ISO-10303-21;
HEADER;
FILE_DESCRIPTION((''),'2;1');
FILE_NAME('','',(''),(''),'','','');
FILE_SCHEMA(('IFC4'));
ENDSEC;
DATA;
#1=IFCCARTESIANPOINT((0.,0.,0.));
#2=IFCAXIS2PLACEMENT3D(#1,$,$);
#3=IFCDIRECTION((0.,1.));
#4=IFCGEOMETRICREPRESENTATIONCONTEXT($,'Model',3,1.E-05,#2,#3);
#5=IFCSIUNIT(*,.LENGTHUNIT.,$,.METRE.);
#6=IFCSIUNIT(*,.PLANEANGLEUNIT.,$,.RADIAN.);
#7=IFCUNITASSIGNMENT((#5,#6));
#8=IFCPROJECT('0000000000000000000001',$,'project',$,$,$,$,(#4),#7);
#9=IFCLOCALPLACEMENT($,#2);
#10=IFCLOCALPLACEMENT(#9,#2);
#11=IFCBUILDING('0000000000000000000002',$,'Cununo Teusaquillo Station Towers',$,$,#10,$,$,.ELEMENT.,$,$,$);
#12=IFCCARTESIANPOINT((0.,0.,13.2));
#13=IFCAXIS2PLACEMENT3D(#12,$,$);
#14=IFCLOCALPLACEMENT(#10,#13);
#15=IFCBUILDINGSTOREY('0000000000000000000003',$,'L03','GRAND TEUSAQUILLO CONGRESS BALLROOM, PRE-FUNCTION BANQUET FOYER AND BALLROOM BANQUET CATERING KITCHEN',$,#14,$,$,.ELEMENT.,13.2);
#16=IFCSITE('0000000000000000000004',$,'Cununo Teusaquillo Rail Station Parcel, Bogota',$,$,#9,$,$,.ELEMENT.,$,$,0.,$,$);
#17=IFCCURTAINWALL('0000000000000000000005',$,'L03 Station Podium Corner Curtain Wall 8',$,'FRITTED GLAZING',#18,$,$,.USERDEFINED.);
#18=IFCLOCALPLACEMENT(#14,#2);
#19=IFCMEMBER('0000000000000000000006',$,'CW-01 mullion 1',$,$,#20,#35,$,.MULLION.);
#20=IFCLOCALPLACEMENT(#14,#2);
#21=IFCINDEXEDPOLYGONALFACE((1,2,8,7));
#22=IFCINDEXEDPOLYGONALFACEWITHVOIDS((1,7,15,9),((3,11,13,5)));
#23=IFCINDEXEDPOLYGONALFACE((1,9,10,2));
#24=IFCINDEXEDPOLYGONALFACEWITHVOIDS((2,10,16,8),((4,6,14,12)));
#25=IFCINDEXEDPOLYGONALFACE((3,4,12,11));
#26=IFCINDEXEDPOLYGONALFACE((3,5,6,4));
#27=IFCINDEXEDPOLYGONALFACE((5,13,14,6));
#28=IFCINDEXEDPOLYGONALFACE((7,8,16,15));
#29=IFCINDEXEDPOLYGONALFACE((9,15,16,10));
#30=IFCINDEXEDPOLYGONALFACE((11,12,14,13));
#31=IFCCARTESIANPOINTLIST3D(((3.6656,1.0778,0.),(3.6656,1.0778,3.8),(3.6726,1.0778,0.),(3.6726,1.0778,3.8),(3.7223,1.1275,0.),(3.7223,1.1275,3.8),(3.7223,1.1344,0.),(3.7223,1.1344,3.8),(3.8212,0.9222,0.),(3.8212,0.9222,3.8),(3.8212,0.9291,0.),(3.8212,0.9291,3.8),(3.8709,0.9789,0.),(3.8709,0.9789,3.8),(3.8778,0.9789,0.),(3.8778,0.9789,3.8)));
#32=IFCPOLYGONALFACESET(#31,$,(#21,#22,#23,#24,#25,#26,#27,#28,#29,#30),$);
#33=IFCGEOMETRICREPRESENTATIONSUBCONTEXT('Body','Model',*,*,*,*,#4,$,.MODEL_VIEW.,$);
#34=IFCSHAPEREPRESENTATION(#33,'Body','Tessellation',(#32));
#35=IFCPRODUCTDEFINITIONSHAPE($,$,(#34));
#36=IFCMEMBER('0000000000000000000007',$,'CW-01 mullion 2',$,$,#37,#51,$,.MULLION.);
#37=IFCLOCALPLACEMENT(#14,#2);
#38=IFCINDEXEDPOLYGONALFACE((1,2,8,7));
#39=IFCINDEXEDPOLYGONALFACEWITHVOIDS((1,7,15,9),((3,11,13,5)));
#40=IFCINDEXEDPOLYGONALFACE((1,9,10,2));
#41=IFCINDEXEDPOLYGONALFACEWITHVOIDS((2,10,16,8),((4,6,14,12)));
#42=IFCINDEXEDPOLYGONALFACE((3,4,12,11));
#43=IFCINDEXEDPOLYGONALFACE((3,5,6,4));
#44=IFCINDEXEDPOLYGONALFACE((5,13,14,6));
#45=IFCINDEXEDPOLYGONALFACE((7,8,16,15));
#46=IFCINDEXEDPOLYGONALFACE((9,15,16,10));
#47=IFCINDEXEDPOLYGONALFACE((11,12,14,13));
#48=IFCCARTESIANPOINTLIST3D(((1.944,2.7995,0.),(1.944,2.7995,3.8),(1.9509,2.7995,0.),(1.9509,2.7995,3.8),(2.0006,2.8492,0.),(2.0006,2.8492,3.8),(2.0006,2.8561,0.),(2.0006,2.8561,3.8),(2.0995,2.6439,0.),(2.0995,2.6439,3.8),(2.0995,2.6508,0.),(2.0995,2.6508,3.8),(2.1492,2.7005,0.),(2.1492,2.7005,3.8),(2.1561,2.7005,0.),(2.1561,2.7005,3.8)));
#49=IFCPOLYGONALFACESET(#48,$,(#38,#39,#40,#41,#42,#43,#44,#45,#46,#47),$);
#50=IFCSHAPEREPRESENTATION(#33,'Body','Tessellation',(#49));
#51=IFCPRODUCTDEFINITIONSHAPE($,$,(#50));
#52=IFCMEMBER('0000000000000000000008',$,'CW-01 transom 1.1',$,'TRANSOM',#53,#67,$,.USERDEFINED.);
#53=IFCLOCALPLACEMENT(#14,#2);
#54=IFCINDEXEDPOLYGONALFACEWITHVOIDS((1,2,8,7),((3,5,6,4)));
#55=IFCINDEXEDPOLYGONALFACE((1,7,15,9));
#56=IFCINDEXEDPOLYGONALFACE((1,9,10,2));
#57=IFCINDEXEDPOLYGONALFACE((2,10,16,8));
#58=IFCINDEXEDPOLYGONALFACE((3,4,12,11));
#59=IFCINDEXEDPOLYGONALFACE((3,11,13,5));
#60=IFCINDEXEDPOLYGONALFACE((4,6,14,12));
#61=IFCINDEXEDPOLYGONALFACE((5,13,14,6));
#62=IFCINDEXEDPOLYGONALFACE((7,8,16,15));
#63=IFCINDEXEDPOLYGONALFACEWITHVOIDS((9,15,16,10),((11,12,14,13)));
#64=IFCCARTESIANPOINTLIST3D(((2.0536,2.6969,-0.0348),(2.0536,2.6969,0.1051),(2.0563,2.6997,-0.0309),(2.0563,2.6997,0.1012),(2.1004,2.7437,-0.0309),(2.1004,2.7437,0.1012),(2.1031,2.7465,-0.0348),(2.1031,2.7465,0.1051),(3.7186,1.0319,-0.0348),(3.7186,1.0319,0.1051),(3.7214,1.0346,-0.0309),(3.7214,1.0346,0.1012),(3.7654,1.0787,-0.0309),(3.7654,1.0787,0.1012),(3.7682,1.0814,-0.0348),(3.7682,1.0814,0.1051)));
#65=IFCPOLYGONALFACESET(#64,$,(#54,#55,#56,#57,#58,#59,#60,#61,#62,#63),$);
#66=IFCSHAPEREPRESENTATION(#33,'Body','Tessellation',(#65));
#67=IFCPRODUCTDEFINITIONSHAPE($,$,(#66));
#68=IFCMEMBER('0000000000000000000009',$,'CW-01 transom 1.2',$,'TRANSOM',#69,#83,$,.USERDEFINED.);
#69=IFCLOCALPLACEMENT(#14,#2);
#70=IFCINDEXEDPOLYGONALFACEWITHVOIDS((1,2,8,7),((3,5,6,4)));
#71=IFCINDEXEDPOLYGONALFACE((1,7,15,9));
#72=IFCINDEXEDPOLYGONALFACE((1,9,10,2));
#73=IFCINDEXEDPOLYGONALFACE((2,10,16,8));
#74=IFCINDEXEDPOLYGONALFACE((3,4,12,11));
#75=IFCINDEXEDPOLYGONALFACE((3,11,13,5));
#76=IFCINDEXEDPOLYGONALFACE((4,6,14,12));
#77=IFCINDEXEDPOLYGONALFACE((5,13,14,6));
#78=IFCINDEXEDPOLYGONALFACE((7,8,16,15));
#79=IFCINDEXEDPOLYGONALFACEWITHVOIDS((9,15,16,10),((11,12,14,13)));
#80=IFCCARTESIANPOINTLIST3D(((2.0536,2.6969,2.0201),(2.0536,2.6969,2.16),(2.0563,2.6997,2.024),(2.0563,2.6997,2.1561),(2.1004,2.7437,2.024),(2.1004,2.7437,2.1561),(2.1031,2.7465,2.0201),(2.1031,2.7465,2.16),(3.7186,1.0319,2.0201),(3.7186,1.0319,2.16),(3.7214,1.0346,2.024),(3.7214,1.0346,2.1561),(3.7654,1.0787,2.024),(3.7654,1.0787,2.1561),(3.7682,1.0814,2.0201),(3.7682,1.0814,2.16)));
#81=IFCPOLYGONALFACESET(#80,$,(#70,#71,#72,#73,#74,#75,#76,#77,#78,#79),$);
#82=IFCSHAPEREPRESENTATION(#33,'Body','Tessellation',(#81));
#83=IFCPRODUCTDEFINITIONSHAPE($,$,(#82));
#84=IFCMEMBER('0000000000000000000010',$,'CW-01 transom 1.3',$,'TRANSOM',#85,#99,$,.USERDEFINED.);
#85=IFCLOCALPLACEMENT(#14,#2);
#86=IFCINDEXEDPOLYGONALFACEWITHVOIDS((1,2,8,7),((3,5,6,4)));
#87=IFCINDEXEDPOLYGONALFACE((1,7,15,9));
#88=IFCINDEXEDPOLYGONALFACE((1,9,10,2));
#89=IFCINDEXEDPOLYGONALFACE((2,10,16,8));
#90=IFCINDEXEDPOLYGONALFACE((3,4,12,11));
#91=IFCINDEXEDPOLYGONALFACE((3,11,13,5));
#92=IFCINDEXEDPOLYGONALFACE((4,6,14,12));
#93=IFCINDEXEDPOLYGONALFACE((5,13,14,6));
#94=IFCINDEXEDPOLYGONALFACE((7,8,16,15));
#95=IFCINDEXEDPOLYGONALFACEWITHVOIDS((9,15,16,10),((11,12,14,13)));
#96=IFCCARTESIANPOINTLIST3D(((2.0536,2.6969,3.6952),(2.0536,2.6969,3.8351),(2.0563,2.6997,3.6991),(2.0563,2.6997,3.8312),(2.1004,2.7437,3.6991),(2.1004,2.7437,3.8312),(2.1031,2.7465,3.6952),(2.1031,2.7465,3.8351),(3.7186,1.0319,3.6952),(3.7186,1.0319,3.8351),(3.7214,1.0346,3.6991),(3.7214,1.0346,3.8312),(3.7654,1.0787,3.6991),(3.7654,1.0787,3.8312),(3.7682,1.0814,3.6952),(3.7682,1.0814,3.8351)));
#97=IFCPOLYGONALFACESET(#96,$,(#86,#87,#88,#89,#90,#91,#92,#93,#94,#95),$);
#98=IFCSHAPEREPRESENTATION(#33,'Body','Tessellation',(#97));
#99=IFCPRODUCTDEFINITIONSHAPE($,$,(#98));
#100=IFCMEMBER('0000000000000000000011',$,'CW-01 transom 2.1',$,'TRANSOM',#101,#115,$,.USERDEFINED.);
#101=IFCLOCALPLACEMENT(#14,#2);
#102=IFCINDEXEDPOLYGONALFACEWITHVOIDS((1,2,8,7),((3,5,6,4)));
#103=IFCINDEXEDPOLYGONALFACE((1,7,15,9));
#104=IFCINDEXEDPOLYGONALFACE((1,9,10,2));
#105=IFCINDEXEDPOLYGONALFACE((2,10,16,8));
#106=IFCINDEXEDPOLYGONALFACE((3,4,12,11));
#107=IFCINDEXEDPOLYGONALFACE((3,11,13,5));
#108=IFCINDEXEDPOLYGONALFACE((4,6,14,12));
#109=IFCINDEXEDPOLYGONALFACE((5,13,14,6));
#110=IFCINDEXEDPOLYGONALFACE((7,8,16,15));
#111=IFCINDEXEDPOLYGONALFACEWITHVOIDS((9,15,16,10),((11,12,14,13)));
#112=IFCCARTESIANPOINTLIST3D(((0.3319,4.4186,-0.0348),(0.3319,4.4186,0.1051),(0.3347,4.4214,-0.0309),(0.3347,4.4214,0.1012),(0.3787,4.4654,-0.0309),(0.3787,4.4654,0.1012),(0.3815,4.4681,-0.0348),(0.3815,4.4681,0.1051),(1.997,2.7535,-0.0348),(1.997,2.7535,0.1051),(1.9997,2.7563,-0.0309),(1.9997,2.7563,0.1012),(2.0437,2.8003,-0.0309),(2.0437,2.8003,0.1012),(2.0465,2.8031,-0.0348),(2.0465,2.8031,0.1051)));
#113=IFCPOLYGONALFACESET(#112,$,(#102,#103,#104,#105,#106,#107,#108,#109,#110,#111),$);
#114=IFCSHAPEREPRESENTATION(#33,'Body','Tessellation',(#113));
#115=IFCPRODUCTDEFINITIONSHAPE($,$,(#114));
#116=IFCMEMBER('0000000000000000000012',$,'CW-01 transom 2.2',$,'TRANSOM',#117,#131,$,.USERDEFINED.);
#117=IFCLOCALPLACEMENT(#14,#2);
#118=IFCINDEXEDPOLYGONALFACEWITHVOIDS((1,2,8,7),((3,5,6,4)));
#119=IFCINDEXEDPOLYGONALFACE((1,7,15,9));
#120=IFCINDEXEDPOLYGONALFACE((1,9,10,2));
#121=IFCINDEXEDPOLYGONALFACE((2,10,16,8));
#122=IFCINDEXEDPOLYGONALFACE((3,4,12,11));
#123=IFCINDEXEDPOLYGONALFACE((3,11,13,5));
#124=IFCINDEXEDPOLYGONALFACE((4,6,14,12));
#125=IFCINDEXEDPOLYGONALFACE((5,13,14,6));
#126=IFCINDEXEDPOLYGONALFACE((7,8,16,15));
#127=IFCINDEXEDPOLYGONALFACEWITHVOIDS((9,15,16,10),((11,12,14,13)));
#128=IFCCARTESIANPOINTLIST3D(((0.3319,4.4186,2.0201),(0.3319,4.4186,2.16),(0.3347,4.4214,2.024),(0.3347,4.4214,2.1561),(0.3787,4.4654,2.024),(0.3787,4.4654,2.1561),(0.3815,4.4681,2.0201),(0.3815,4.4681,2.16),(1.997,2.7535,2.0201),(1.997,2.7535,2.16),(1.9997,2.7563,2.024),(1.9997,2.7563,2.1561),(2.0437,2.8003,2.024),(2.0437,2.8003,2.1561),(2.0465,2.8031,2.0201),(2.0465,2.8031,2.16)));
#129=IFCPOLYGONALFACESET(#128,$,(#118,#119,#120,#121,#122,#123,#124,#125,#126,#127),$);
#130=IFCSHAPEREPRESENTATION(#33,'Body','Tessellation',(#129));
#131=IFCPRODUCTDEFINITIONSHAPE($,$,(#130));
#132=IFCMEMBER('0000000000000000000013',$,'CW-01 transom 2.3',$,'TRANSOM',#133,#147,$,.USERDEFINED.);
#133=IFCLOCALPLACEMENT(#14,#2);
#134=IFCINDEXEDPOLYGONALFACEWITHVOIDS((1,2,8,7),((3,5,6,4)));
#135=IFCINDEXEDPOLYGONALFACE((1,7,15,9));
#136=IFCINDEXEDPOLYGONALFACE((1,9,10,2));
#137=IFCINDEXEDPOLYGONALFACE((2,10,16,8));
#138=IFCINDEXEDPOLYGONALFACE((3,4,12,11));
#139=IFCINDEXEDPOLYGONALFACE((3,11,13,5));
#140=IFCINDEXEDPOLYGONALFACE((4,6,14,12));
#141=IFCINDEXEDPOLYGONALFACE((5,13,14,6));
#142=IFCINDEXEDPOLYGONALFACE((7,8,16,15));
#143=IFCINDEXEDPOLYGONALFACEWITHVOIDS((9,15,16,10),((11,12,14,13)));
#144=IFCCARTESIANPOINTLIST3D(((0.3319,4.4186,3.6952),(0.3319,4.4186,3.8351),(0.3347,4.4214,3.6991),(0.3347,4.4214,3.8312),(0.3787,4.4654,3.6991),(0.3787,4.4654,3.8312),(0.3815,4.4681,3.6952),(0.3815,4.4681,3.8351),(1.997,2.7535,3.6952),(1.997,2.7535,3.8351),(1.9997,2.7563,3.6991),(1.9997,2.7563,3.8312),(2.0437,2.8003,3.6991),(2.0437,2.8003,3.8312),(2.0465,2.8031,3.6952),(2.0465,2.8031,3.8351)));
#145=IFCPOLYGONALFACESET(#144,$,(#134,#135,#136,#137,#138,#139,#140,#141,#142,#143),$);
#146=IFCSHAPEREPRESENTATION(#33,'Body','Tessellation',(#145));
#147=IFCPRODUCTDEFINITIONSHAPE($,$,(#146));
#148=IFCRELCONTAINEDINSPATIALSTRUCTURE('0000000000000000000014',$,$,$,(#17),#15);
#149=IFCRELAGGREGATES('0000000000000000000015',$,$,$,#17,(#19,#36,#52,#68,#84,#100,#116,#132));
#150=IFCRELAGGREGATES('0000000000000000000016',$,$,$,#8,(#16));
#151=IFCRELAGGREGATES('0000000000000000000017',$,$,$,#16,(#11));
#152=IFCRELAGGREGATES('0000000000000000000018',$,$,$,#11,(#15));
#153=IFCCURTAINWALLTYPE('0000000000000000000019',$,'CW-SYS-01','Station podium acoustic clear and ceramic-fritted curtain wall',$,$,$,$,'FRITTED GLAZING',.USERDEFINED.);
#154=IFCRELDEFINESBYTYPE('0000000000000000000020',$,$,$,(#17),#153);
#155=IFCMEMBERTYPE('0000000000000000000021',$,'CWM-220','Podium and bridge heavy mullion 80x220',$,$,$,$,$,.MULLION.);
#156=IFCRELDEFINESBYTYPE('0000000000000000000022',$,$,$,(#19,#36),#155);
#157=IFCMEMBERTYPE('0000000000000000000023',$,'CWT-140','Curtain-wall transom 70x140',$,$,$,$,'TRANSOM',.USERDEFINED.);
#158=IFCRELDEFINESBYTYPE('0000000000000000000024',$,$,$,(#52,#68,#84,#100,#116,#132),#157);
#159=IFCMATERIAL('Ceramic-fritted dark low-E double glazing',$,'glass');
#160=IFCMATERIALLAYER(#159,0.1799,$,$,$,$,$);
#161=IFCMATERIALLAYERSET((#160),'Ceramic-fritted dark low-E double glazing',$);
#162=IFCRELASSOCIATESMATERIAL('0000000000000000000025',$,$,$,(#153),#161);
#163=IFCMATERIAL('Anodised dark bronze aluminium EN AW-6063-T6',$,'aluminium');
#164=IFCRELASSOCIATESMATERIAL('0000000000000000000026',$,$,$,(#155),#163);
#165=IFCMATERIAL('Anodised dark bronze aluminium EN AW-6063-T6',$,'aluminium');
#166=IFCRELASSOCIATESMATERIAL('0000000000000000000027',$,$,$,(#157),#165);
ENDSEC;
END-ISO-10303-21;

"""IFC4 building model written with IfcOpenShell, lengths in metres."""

from ifc_helpers import new_model, si_unit, direction, frame, origin, origin_2d, place, context, subcontext, project, spatial, hollow_rectangle, extrude, material, layer, layer_set, material_profile, profile_set, type_object, element, aggregate, save


model = new_model("IFC4")

# Units and contexts
model_context = context("Model", 3, precision=1e-05, world=origin(), true_north=direction((0.0, 1.0)))
body_context = subcontext(model_context, "Body", "Model", "MODEL_VIEW")
ifc_project = project(units=[si_unit("LENGTHUNIT", "METRE"), si_unit("PLANEANGLEUNIT", "RADIAN")], contexts=[model_context])

# Site, building, storey
site_placement = place(None, origin())
site = spatial("IfcSite", under=ifc_project, at=site_placement, Name="Cununo Teusaquillo Rail Station Parcel, Bogota", CompositionType="ELEMENT", RefElevation=0.0)
building_placement = place(site_placement, origin())
building = spatial("IfcBuilding", under=site, at=building_placement, Name="Cununo Teusaquillo Station Towers", CompositionType="ELEMENT")
storey_placement = place(building_placement, frame((0.0, 0.0, 13.2)))
storey = spatial("IfcBuildingStorey", under=building, at=storey_placement, Name="L03", Description="GRAND TEUSAQUILLO CONGRESS BALLROOM, PRE-FUNCTION BANQUET FOYER AND BALLROOM BANQUET CATERING KITCHEN", CompositionType="ELEMENT", Elevation=13.2)

# Curtain wall, members
ifc_material_1 = material(Name="Ceramic-fritted dark low-E double glazing", Category="glass")
ifc_layer_1 = layer(ifc_material_1, 0.1799)
ifc_layer_set_1 = layer_set([ifc_layer_1], Name="Ceramic-fritted dark low-E double glazing")
curtain_wall_type = type_object("IfcCurtainWallType", Name="CW-SYS-01", Description="Station podium acoustic clear and ceramic-fritted curtain wall", ElementType="FRITTED GLAZING", PredefinedType="USERDEFINED", material=ifc_layer_set_1)
curtain_wall_placement = place(storey_placement, origin())
curtain_wall = element("IfcCurtainWall", 1, at=curtain_wall_placement, inside=storey, type_object=curtain_wall_type, Name="L03 Station Podium Corner Curtain Wall 8", ObjectType="FRITTED GLAZING", PredefinedType="USERDEFINED")
ifc_material_2 = material(Name="Anodised dark bronze aluminium EN AW-6063-T6", Category="aluminium")
ifc_material_profile_1 = material_profile(ifc_material_2, hollow_rectangle(XDim=0.0801, YDim=0.22, WallThickness=0.0049, at=origin_2d()), Name="CW-MULL-80x220")
ifc_profile_set_1 = profile_set([ifc_material_profile_1], Name="Anodised dark bronze aluminium EN AW-6063-T6")
member_type_1 = type_object("IfcMemberType", Name="CWM-220", Description="Podium and bridge heavy mullion 80x220", PredefinedType="MULLION", material=ifc_profile_set_1)
member_1_placement = place(storey_placement, frame((3.7717, 1.0283, 0.0), z_axis=(0.0, 0.0, 1.0), x_axis=(-0.707107, -0.707107, 0.0)))
member_1 = element("IfcMember", 2, at=member_1_placement, type_object=member_type_1, Name="CW-01 mullion 1", PredefinedType="MULLION", context=body_context, shape_type="SweptSolid", body=[
    extrude(hollow_rectangle(XDim=0.0801, YDim=0.22, WallThickness=0.0049, at=origin_2d()), origin(), (0.0, 0.0, 1.0), 3.8),
])
member_2_placement = place(storey_placement, frame((2.05, 2.75, 0.0), z_axis=(0.0, 0.0, 1.0), x_axis=(-0.707107, -0.707107, 0.0)))
member_2 = element("IfcMember", 3, at=member_2_placement, type_object=member_type_1, Name="CW-01 mullion 2", PredefinedType="MULLION", context=body_context, shape_type="SweptSolid", body=[
    extrude(hollow_rectangle(XDim=0.0801, YDim=0.22, WallThickness=0.0049, at=origin_2d()), origin(), (0.0, 0.0, 1.0), 3.8),
])
ifc_material_3 = material(Name="Anodised dark bronze aluminium EN AW-6063-T6", Category="aluminium")
ifc_material_profile_2 = material_profile(ifc_material_3, hollow_rectangle(XDim=0.0701, YDim=0.1399, WallThickness=0.0039, at=origin_2d()), Name="CW-TRAN-70x140")
ifc_profile_set_2 = profile_set([ifc_material_profile_2], Name="Anodised dark bronze aluminium EN AW-6063-T6")
member_type_2 = type_object("IfcMemberType", Name="CWT-140", Description="Curtain-wall transom 70x140", ElementType="TRANSOM", PredefinedType="USERDEFINED", material=ifc_profile_set_2)
member_3_placement = place(storey_placement, frame((3.7434, 1.0566, 0.0352), z_axis=(-0.707107, 0.707107, 0.0), x_axis=(-0.707107, -0.707107, 0.0)))
member_3 = element("IfcMember", 4, at=member_3_placement, type_object=member_type_2, Name="CW-01 transom 1.1", ObjectType="TRANSOM", PredefinedType="USERDEFINED", context=body_context, shape_type="SweptSolid", body=[
    extrude(hollow_rectangle(XDim=0.0701, YDim=0.1399, WallThickness=0.0039, at=origin_2d()), origin(), (0.0, 0.0, 1.0), 2.3547),
])
member_4_placement = place(storey_placement, frame((3.7434, 1.0566, 2.0901), z_axis=(-0.707107, 0.707107, 0.0), x_axis=(-0.707107, -0.707107, 0.0)))
member_4 = element("IfcMember", 5, at=member_4_placement, type_object=member_type_2, Name="CW-01 transom 1.2", ObjectType="TRANSOM", PredefinedType="USERDEFINED", context=body_context, shape_type="SweptSolid", body=[
    extrude(hollow_rectangle(XDim=0.0701, YDim=0.1399, WallThickness=0.0039, at=origin_2d()), origin(), (0.0, 0.0, 1.0), 2.3547),
])
member_5_placement = place(storey_placement, frame((3.7434, 1.0566, 3.7651), z_axis=(-0.707107, 0.707107, 0.0), x_axis=(-0.707107, -0.707107, 0.0)))
member_5 = element("IfcMember", 6, at=member_5_placement, type_object=member_type_2, Name="CW-01 transom 1.3", ObjectType="TRANSOM", PredefinedType="USERDEFINED", context=body_context, shape_type="SweptSolid", body=[
    extrude(hollow_rectangle(XDim=0.0701, YDim=0.1399, WallThickness=0.0039, at=origin_2d()), origin(), (0.0, 0.0, 1.0), 2.3547),
])
member_6_placement = place(storey_placement, frame((2.0217, 2.7783, 0.0352), z_axis=(-0.707107, 0.707107, 0.0), x_axis=(-0.707107, -0.707107, 0.0)))
member_6 = element("IfcMember", 7, at=member_6_placement, type_object=member_type_2, Name="CW-01 transom 2.1", ObjectType="TRANSOM", PredefinedType="USERDEFINED", context=body_context, shape_type="SweptSolid", body=[
    extrude(hollow_rectangle(XDim=0.0701, YDim=0.1399, WallThickness=0.0039, at=origin_2d()), origin(), (0.0, 0.0, 1.0), 2.3547),
])
member_7_placement = place(storey_placement, frame((2.0217, 2.7783, 2.0901), z_axis=(-0.707107, 0.707107, 0.0), x_axis=(-0.707107, -0.707107, 0.0)))
member_7 = element("IfcMember", 8, at=member_7_placement, type_object=member_type_2, Name="CW-01 transom 2.2", ObjectType="TRANSOM", PredefinedType="USERDEFINED", context=body_context, shape_type="SweptSolid", body=[
    extrude(hollow_rectangle(XDim=0.0701, YDim=0.1399, WallThickness=0.0039, at=origin_2d()), origin(), (0.0, 0.0, 1.0), 2.3547),
])
member_8_placement = place(storey_placement, frame((2.0217, 2.7783, 3.7651), z_axis=(-0.707107, 0.707107, 0.0), x_axis=(-0.707107, -0.707107, 0.0)))
member_8 = element("IfcMember", 9, at=member_8_placement, type_object=member_type_2, Name="CW-01 transom 2.3", ObjectType="TRANSOM", PredefinedType="USERDEFINED", context=body_context, shape_type="SweptSolid", body=[
    extrude(hollow_rectangle(XDim=0.0701, YDim=0.1399, WallThickness=0.0039, at=origin_2d()), origin(), (0.0, 0.0, 1.0), 2.3547),
])

aggregate(curtain_wall, [member_1, member_2, member_3, member_4, member_5, member_6, member_7, member_8])

save(model, "model.ifc")
